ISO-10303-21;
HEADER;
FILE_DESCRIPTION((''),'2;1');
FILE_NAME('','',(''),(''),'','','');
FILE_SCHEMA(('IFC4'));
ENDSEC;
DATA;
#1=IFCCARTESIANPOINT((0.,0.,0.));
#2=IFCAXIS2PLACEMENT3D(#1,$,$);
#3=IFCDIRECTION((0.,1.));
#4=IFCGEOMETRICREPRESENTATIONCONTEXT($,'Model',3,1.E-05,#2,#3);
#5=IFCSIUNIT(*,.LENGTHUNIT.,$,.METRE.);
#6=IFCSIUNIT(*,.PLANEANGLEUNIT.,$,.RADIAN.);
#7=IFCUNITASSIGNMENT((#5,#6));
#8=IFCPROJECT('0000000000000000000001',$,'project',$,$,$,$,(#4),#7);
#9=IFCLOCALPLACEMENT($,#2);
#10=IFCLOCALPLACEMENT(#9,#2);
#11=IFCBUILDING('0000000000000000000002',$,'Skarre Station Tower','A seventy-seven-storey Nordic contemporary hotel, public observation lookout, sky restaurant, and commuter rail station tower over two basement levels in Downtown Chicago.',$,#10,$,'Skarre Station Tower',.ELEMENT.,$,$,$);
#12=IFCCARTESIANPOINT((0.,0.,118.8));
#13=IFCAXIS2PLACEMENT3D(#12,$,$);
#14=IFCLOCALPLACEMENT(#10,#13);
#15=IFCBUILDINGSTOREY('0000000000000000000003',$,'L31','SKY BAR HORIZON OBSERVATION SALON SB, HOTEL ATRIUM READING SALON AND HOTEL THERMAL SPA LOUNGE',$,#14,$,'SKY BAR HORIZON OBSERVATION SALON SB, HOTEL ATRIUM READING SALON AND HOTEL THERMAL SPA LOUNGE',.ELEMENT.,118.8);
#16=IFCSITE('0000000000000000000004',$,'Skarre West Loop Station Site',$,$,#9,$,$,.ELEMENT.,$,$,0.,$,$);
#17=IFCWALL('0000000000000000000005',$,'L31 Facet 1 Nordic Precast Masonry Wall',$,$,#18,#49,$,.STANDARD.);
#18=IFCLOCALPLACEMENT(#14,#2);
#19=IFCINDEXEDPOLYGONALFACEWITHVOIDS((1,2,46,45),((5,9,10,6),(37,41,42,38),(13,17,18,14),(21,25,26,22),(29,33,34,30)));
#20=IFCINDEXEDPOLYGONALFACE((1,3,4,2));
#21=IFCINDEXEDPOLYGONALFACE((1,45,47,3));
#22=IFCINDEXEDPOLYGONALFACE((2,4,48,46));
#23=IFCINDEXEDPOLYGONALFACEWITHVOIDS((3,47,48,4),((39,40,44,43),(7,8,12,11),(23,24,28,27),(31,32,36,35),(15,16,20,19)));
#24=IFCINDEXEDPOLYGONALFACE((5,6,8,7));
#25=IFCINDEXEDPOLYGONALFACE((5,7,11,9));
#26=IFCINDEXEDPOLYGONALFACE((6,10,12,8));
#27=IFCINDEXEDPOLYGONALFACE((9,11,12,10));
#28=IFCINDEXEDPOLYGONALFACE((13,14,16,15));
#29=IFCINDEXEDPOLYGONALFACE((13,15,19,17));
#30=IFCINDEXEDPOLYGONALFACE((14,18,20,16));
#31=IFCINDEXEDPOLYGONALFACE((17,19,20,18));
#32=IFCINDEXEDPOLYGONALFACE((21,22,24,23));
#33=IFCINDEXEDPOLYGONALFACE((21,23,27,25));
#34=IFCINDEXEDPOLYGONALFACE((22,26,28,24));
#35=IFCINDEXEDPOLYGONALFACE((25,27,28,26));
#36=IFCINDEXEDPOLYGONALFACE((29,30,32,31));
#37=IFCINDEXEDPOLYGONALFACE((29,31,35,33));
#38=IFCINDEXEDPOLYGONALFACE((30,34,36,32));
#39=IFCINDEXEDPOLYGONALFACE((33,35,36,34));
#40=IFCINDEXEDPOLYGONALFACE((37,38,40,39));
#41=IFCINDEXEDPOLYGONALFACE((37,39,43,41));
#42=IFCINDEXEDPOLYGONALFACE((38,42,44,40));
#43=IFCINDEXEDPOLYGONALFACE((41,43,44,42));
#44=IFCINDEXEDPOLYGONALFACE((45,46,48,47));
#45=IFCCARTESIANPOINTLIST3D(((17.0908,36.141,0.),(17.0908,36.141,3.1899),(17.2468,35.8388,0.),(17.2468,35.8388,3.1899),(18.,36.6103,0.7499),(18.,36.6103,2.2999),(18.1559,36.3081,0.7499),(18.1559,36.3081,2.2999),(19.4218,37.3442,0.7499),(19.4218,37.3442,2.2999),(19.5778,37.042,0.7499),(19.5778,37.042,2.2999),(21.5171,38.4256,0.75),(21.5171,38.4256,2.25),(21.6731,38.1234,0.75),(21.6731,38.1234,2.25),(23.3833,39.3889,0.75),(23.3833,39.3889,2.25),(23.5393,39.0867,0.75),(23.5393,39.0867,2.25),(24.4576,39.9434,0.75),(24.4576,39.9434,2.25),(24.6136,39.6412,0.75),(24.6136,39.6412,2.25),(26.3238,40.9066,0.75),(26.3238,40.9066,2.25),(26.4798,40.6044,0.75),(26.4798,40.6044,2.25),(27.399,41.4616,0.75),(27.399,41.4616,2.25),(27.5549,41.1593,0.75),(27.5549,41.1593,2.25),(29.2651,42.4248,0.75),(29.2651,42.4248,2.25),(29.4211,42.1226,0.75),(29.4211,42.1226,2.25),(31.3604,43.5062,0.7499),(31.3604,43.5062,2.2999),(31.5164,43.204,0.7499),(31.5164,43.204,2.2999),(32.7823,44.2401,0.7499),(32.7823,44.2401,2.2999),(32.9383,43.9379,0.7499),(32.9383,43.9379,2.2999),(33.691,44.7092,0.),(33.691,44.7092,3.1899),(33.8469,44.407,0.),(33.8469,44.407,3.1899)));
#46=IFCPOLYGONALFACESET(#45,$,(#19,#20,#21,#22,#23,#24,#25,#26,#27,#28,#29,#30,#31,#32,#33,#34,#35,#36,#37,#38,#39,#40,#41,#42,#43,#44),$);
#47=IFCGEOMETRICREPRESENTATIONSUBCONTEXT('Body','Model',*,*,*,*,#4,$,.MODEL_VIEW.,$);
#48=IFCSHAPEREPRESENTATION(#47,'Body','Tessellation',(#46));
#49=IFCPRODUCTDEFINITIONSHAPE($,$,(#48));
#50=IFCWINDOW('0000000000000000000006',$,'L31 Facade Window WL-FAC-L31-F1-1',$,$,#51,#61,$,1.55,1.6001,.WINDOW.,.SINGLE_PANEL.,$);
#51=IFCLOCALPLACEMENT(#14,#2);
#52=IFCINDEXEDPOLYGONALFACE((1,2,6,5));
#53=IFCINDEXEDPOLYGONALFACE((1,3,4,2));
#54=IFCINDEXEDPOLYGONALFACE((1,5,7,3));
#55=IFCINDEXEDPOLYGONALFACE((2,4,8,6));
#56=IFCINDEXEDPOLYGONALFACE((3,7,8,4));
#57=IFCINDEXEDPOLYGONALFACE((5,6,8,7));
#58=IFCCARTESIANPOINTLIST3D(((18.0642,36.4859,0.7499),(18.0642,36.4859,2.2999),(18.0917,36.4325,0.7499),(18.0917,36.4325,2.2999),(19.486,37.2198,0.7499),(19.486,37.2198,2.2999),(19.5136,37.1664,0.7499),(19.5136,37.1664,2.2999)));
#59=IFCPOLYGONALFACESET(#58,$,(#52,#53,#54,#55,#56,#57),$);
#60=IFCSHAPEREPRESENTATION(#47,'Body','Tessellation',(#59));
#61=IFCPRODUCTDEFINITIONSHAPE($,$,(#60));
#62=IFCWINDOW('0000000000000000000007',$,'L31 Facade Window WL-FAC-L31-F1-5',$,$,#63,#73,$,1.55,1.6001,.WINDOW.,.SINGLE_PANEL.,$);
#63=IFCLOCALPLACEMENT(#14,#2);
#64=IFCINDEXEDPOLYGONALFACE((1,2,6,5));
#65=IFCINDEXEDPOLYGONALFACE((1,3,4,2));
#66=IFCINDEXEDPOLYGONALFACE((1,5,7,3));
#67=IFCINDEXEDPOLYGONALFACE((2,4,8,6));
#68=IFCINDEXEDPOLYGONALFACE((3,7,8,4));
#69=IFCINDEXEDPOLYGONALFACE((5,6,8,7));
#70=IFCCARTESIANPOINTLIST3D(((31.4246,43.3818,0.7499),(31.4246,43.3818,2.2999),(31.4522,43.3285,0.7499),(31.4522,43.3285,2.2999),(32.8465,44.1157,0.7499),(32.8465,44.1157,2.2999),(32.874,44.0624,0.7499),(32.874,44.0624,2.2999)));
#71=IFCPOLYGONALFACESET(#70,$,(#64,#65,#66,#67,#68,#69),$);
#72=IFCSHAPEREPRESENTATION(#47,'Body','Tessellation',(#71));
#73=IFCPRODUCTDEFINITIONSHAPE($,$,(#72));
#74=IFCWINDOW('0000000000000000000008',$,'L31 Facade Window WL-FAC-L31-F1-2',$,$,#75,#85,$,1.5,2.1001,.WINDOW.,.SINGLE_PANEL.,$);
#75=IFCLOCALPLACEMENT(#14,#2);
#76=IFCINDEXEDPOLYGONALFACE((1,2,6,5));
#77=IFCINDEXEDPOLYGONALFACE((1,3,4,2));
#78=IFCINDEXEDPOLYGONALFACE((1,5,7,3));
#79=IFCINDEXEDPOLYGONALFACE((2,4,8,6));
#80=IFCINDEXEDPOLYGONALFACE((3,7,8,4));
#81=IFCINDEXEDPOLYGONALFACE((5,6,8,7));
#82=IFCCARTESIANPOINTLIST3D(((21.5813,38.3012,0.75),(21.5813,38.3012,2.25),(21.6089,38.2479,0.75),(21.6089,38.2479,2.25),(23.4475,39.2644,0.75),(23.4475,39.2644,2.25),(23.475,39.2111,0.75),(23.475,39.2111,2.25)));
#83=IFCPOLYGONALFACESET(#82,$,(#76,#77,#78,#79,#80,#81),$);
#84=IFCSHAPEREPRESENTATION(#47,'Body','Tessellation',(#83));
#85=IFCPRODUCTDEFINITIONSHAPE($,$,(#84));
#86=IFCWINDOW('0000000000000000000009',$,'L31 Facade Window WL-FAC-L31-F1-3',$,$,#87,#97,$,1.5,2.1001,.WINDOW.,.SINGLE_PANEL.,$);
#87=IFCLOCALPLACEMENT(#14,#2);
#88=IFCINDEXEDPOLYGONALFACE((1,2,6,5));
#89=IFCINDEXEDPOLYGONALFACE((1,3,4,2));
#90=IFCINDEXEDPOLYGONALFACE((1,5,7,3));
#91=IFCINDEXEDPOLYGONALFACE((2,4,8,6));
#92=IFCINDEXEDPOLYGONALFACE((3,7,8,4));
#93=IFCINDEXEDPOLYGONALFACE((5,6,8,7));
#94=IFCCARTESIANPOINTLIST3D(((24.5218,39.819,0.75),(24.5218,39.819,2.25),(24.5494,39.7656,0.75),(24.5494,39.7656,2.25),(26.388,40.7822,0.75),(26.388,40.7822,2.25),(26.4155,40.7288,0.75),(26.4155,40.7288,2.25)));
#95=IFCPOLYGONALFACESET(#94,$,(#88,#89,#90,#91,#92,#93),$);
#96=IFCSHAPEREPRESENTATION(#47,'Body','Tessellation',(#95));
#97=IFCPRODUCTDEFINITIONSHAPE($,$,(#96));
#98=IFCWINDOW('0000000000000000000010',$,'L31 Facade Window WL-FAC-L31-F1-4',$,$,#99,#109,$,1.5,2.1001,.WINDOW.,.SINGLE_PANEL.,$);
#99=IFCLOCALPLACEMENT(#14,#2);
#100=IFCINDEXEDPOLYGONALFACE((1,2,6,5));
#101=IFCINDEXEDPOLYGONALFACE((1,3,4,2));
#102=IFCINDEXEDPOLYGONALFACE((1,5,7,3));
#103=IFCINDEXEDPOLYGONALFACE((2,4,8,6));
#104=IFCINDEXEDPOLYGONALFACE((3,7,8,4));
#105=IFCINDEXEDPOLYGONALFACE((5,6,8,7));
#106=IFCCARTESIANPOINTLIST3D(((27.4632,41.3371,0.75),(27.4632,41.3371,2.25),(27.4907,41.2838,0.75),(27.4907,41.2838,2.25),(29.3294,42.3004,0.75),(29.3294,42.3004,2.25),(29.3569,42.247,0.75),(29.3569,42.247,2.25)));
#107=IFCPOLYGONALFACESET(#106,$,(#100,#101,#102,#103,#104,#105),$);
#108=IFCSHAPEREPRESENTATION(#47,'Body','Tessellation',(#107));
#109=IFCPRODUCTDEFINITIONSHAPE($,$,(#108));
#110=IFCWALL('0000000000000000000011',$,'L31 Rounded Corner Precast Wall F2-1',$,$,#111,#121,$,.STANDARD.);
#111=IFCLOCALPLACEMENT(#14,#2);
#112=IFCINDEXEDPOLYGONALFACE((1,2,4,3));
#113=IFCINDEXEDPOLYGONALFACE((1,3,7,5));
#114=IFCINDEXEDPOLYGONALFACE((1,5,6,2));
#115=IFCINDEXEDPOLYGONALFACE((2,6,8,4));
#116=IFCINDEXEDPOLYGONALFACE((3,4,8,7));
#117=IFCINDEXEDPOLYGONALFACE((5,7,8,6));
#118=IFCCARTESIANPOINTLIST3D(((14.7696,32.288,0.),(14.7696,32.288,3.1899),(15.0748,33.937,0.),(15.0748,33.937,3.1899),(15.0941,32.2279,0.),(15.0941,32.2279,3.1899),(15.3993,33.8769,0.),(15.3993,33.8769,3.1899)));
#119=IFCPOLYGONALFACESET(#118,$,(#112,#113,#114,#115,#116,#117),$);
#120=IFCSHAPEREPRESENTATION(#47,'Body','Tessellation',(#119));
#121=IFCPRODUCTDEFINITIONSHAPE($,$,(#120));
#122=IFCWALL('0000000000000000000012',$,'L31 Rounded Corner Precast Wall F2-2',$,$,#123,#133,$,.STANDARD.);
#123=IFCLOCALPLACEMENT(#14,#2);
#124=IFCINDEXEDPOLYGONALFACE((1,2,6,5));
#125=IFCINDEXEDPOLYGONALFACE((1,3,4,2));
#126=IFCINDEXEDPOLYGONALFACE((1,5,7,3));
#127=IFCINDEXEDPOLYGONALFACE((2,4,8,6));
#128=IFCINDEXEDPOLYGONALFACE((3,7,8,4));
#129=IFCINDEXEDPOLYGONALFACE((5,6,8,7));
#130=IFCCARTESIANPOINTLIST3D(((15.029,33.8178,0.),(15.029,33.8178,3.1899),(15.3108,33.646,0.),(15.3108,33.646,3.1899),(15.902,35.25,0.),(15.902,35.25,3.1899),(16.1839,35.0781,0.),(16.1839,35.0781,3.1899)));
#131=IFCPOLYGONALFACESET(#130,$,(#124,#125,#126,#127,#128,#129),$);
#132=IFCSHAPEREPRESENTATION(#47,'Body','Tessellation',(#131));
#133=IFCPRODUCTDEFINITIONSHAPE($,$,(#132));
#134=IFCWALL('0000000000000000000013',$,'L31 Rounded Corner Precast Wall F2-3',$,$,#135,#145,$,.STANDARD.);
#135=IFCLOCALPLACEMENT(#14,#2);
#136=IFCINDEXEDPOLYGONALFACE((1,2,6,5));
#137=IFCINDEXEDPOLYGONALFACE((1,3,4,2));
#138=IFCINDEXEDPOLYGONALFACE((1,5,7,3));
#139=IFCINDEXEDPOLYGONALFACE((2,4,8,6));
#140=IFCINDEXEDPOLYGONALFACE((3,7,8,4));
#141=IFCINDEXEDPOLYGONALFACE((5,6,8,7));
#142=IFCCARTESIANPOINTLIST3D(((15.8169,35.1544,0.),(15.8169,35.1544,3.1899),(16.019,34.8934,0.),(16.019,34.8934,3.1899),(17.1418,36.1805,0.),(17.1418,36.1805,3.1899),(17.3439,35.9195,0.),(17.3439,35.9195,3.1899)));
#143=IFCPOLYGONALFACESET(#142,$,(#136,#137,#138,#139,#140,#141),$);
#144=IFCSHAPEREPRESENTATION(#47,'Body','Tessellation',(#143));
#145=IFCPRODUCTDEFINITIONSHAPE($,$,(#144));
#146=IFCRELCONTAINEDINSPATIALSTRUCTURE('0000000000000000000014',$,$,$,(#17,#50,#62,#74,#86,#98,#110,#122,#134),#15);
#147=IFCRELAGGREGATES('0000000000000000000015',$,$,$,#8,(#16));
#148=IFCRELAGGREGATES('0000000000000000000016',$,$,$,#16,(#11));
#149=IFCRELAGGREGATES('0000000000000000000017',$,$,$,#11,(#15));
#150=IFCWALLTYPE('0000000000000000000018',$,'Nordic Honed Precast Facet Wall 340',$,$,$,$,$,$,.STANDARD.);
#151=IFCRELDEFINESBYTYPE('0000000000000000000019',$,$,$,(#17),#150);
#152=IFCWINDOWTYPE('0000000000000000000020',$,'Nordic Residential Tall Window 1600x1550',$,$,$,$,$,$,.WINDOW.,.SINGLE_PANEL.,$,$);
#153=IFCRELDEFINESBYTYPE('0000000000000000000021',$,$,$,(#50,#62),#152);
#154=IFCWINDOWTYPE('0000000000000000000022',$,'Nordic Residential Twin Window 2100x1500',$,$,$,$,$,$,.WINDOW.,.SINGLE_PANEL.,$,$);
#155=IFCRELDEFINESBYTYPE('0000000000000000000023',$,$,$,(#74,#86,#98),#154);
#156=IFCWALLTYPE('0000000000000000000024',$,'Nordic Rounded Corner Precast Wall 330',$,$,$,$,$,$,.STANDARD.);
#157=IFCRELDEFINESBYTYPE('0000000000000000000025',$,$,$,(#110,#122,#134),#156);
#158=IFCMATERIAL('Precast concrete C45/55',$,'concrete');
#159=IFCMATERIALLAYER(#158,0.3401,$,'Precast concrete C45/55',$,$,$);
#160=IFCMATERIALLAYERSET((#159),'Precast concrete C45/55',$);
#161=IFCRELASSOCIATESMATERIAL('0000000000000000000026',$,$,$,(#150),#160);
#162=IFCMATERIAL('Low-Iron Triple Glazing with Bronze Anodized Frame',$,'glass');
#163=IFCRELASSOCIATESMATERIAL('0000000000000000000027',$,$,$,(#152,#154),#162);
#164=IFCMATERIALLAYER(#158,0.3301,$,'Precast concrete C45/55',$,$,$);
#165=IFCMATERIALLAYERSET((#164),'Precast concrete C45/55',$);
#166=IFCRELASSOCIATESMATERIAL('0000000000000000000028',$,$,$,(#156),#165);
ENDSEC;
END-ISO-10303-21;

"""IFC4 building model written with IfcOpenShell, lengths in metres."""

from ifc_helpers import new_model, si_unit, direction, frame, frame_2d, origin, place, context, subcontext, project, spatial, rectangle, extrude, material, layer, layer_set, type_object, element, fill, save


model = new_model("IFC4")

# Units and contexts
model_context = context("Model", 3, precision=1e-05, world=origin(), true_north=direction((0.0, 1.0)))
body_context = subcontext(model_context, "Body", "Model", "MODEL_VIEW")
ifc_project = project(units=[si_unit("LENGTHUNIT", "METRE"), si_unit("PLANEANGLEUNIT", "RADIAN")], contexts=[model_context])

# Site, building, storey
site_placement = place(None, origin())
site = spatial("IfcSite", under=ifc_project, at=site_placement, Name="Skarre West Loop Station Site", CompositionType="ELEMENT", RefElevation=0.0)
building_placement = place(site_placement, origin())
building = spatial("IfcBuilding", under=site, at=building_placement, Name="Skarre Station Tower", Description="A seventy-seven-storey Nordic contemporary hotel, public observation lookout, sky restaurant, and commuter rail station tower over two basement levels in Downtown Chicago.", LongName="Skarre Station Tower", CompositionType="ELEMENT")
storey_placement = place(building_placement, frame((0.0, 0.0, 118.8)))
storey = spatial("IfcBuildingStorey", under=building, at=storey_placement, Name="L31", Description="SKY BAR HORIZON OBSERVATION SALON SB, HOTEL ATRIUM READING SALON AND HOTEL THERMAL SPA LOUNGE", LongName="SKY BAR HORIZON OBSERVATION SALON SB, HOTEL ATRIUM READING SALON AND HOTEL THERMAL SPA LOUNGE", CompositionType="ELEMENT", Elevation=118.8)

# Wall, openings, windows
ifc_material_1 = material(Name="Precast concrete C45/55", Category="concrete")
ifc_layer_1 = layer(ifc_material_1, 0.3401, Name="Precast concrete C45/55")
ifc_layer_set_1 = layer_set([ifc_layer_1], Name="Precast concrete C45/55")
wall_type_1 = type_object("IfcWallType", Name="Nordic Honed Precast Facet Wall 340", PredefinedType="STANDARD", material=ifc_layer_set_1)
wall_1_placement = place(storey_placement, frame((17.1689, 35.99, 0.0), z_axis=(0.0, 0.0, 1.0), x_axis=(0.888614, 0.458657, 0.0)))
wall_1 = element("IfcWall", 1, at=wall_1_placement, inside=storey, type_object=wall_type_1, Name="L31 Facet 1 Nordic Precast Masonry Wall", PredefinedType="STANDARD", context=body_context, shape_type="SweptSolid", body=[
    extrude(rectangle(XDim=18.6809, YDim=0.3401, at=frame_2d((9.3403, 0.0))), origin(), (0.0, 0.0, 1.0), 3.1899),
])
opening_1_placement = place(wall_1_placement, frame((1.0229, 0.0, 0.75)))
opening_1 = element("IfcOpeningElement", 2, at=opening_1_placement, cuts=wall_1, PredefinedType="OPENING", context=body_context, shape_type="SweptSolid", body=[
    extrude(rectangle(XDim=1.6001, YDim=1.55, at=frame_2d((0.8, 0.7749))), frame((0.0, 0.1799, 0.0), z_axis=(0.0, -1.0, 0.0), x_axis=(1.0, 0.0, 0.0)), (0.0, 0.0, 1.0), 0.3601),
])
opening_2_placement = place(wall_1_placement, frame((4.981, 0.0, 0.75)))
opening_2 = element("IfcOpeningElement", 3, at=opening_2_placement, cuts=wall_1, PredefinedType="OPENING", context=body_context, shape_type="SweptSolid", body=[
    extrude(rectangle(XDim=2.1001, YDim=1.5, at=frame_2d((1.05, 0.75))), frame((0.0, 0.1799, 0.0), z_axis=(0.0, -1.0, 0.0), x_axis=(1.0, 0.0, 0.0)), (0.0, 0.0, 1.0), 0.3601),
])
opening_3_placement = place(wall_1_placement, frame((8.29, 0.0, 0.75)))
opening_3 = element("IfcOpeningElement", 4, at=opening_3_placement, cuts=wall_1, PredefinedType="OPENING", context=body_context, shape_type="SweptSolid", body=[
    extrude(rectangle(XDim=2.1001, YDim=1.5, at=frame_2d((1.05, 0.75))), frame((0.0, 0.1799, 0.0), z_axis=(0.0, -1.0, 0.0), x_axis=(1.0, 0.0, 0.0)), (0.0, 0.0, 1.0), 0.3601),
])
opening_4_placement = place(wall_1_placement, frame((11.6001, 0.0, 0.75)))
opening_4 = element("IfcOpeningElement", 5, at=opening_4_placement, cuts=wall_1, PredefinedType="OPENING", context=body_context, shape_type="SweptSolid", body=[
    extrude(rectangle(XDim=2.1001, YDim=1.5, at=frame_2d((1.05, 0.75))), frame((0.0, 0.1799, 0.0), z_axis=(0.0, -1.0, 0.0), x_axis=(1.0, 0.0, 0.0)), (0.0, 0.0, 1.0), 0.3601),
])
opening_5_placement = place(wall_1_placement, frame((16.0581, 0.0, 0.75)))
opening_5 = element("IfcOpeningElement", 6, at=opening_5_placement, cuts=wall_1, PredefinedType="OPENING", context=body_context, shape_type="SweptSolid", body=[
    extrude(rectangle(XDim=1.6001, YDim=1.55, at=frame_2d((0.8, 0.7749))), frame((0.0, 0.1799, 0.0), z_axis=(0.0, -1.0, 0.0), x_axis=(1.0, 0.0, 0.0)), (0.0, 0.0, 1.0), 0.3601),
])
ifc_material_2 = material(Name="Low-Iron Triple Glazing with Bronze Anodized Frame", Category="glass")
window_type_1 = type_object("IfcWindowType", Name="Nordic Residential Tall Window 1600x1550", PartitioningType="SINGLE_PANEL", PredefinedType="WINDOW", material=ifc_material_2)
window_1_placement = place(opening_1_placement, origin())
window_1 = element("IfcWindow", 7, at=window_1_placement, inside=storey, type_object=window_type_1, Name="L31 Facade Window WL-FAC-L31-F1-1", OverallHeight=1.55, OverallWidth=1.6001, PartitioningType="SINGLE_PANEL", PredefinedType="WINDOW", context=body_context, shape_type="SweptSolid", body=[
    extrude(rectangle(XDim=1.6001, YDim=1.55, at=frame_2d((0.8, 0.7749))), frame((0.0, 0.03, 0.0), z_axis=(0.0, -1.0, 0.0), x_axis=(1.0, 0.0, 0.0)), (0.0, 0.0, 1.0), 0.0601),
])
fill(opening_1, window_1)
window_2_placement = place(opening_5_placement, origin())
window_2 = element("IfcWindow", 8, at=window_2_placement, inside=storey, type_object=window_type_1, Name="L31 Facade Window WL-FAC-L31-F1-5", OverallHeight=1.55, OverallWidth=1.6001, PartitioningType="SINGLE_PANEL", PredefinedType="WINDOW", context=body_context, shape_type="SweptSolid", body=[
    extrude(rectangle(XDim=1.6001, YDim=1.55, at=frame_2d((0.8, 0.7749))), frame((0.0, 0.03, 0.0), z_axis=(0.0, -1.0, 0.0), x_axis=(1.0, 0.0, 0.0)), (0.0, 0.0, 1.0), 0.0601),
])
fill(opening_5, window_2)
window_type_2 = type_object("IfcWindowType", Name="Nordic Residential Twin Window 2100x1500", PartitioningType="SINGLE_PANEL", PredefinedType="WINDOW", material=ifc_material_2)
window_3_placement = place(opening_2_placement, origin())
window_3 = element("IfcWindow", 9, at=window_3_placement, inside=storey, type_object=window_type_2, Name="L31 Facade Window WL-FAC-L31-F1-2", OverallHeight=1.5, OverallWidth=2.1001, PartitioningType="SINGLE_PANEL", PredefinedType="WINDOW", context=body_context, shape_type="SweptSolid", body=[
    extrude(rectangle(XDim=2.1001, YDim=1.5, at=frame_2d((1.05, 0.75))), frame((0.0, 0.03, 0.0), z_axis=(0.0, -1.0, 0.0), x_axis=(1.0, 0.0, 0.0)), (0.0, 0.0, 1.0), 0.0601),
])
fill(opening_2, window_3)
window_4_placement = place(opening_3_placement, origin())
window_4 = element("IfcWindow", 10, at=window_4_placement, inside=storey, type_object=window_type_2, Name="L31 Facade Window WL-FAC-L31-F1-3", OverallHeight=1.5, OverallWidth=2.1001, PartitioningType="SINGLE_PANEL", PredefinedType="WINDOW", context=body_context, shape_type="SweptSolid", body=[
    extrude(rectangle(XDim=2.1001, YDim=1.5, at=frame_2d((1.05, 0.75))), frame((0.0, 0.03, 0.0), z_axis=(0.0, -1.0, 0.0), x_axis=(1.0, 0.0, 0.0)), (0.0, 0.0, 1.0), 0.0601),
])
fill(opening_3, window_4)
window_5_placement = place(opening_4_placement, origin())
window_5 = element("IfcWindow", 11, at=window_5_placement, inside=storey, type_object=window_type_2, Name="L31 Facade Window WL-FAC-L31-F1-4", OverallHeight=1.5, OverallWidth=2.1001, PartitioningType="SINGLE_PANEL", PredefinedType="WINDOW", context=body_context, shape_type="SweptSolid", body=[
    extrude(rectangle(XDim=2.1001, YDim=1.5, at=frame_2d((1.05, 0.75))), frame((0.0, 0.03, 0.0), z_axis=(0.0, -1.0, 0.0), x_axis=(1.0, 0.0, 0.0)), (0.0, 0.0, 1.0), 0.0601),
])
fill(opening_4, window_5)

# Walls
ifc_layer_2 = layer(ifc_material_1, 0.3301, Name="Precast concrete C45/55")
ifc_layer_set_2 = layer_set([ifc_layer_2], Name="Precast concrete C45/55")
wall_type_2 = type_object("IfcWallType", Name="Nordic Rounded Corner Precast Wall 330", PredefinedType="STANDARD", material=ifc_layer_set_2)
wall_2_placement = place(storey_placement, frame((14.9319, 32.2581, 0.0), z_axis=(0.0, 0.0, 1.0), x_axis=(0.181985, 0.983301, 0.0)))
element("IfcWall", 12, at=wall_2_placement, inside=storey, type_object=wall_type_2, Name="L31 Rounded Corner Precast Wall F2-1", PredefinedType="STANDARD", context=body_context, shape_type="SweptSolid", body=[
    extrude(rectangle(XDim=1.677, YDim=0.3301, at=frame_2d((0.8384, 0.0))), origin(), (0.0, 0.0, 1.0), 3.1899),
])
wall_3_placement = place(storey_placement, frame((15.1699, 33.7319, 0.0), z_axis=(0.0, 0.0, 1.0), x_axis=(0.520519, 0.85385, 0.0)))
element("IfcWall", 13, at=wall_3_placement, inside=storey, type_object=wall_type_2, Name="L31 Rounded Corner Precast Wall F2-2", PredefinedType="STANDARD", context=body_context, shape_type="SweptSolid", body=[
    extrude(rectangle(XDim=1.6772, YDim=0.3301, at=frame_2d((0.8386, 0.0))), origin(), (0.0, 0.0, 1.0), 3.1899),
])
wall_4_placement = place(storey_placement, frame((15.918, 35.0239, 0.0), z_axis=(0.0, 0.0, 1.0), x_axis=(0.790621, 0.612305, 0.0)))
element("IfcWall", 14, at=wall_4_placement, inside=storey, type_object=wall_type_2, Name="L31 Rounded Corner Precast Wall F2-3", PredefinedType="STANDARD", context=body_context, shape_type="SweptSolid", body=[
    extrude(rectangle(XDim=1.6758, YDim=0.3301, at=frame_2d((0.8379, 0.0))), origin(), (0.0, 0.0, 1.0), 3.1899),
])

save(model, "model.ifc")
